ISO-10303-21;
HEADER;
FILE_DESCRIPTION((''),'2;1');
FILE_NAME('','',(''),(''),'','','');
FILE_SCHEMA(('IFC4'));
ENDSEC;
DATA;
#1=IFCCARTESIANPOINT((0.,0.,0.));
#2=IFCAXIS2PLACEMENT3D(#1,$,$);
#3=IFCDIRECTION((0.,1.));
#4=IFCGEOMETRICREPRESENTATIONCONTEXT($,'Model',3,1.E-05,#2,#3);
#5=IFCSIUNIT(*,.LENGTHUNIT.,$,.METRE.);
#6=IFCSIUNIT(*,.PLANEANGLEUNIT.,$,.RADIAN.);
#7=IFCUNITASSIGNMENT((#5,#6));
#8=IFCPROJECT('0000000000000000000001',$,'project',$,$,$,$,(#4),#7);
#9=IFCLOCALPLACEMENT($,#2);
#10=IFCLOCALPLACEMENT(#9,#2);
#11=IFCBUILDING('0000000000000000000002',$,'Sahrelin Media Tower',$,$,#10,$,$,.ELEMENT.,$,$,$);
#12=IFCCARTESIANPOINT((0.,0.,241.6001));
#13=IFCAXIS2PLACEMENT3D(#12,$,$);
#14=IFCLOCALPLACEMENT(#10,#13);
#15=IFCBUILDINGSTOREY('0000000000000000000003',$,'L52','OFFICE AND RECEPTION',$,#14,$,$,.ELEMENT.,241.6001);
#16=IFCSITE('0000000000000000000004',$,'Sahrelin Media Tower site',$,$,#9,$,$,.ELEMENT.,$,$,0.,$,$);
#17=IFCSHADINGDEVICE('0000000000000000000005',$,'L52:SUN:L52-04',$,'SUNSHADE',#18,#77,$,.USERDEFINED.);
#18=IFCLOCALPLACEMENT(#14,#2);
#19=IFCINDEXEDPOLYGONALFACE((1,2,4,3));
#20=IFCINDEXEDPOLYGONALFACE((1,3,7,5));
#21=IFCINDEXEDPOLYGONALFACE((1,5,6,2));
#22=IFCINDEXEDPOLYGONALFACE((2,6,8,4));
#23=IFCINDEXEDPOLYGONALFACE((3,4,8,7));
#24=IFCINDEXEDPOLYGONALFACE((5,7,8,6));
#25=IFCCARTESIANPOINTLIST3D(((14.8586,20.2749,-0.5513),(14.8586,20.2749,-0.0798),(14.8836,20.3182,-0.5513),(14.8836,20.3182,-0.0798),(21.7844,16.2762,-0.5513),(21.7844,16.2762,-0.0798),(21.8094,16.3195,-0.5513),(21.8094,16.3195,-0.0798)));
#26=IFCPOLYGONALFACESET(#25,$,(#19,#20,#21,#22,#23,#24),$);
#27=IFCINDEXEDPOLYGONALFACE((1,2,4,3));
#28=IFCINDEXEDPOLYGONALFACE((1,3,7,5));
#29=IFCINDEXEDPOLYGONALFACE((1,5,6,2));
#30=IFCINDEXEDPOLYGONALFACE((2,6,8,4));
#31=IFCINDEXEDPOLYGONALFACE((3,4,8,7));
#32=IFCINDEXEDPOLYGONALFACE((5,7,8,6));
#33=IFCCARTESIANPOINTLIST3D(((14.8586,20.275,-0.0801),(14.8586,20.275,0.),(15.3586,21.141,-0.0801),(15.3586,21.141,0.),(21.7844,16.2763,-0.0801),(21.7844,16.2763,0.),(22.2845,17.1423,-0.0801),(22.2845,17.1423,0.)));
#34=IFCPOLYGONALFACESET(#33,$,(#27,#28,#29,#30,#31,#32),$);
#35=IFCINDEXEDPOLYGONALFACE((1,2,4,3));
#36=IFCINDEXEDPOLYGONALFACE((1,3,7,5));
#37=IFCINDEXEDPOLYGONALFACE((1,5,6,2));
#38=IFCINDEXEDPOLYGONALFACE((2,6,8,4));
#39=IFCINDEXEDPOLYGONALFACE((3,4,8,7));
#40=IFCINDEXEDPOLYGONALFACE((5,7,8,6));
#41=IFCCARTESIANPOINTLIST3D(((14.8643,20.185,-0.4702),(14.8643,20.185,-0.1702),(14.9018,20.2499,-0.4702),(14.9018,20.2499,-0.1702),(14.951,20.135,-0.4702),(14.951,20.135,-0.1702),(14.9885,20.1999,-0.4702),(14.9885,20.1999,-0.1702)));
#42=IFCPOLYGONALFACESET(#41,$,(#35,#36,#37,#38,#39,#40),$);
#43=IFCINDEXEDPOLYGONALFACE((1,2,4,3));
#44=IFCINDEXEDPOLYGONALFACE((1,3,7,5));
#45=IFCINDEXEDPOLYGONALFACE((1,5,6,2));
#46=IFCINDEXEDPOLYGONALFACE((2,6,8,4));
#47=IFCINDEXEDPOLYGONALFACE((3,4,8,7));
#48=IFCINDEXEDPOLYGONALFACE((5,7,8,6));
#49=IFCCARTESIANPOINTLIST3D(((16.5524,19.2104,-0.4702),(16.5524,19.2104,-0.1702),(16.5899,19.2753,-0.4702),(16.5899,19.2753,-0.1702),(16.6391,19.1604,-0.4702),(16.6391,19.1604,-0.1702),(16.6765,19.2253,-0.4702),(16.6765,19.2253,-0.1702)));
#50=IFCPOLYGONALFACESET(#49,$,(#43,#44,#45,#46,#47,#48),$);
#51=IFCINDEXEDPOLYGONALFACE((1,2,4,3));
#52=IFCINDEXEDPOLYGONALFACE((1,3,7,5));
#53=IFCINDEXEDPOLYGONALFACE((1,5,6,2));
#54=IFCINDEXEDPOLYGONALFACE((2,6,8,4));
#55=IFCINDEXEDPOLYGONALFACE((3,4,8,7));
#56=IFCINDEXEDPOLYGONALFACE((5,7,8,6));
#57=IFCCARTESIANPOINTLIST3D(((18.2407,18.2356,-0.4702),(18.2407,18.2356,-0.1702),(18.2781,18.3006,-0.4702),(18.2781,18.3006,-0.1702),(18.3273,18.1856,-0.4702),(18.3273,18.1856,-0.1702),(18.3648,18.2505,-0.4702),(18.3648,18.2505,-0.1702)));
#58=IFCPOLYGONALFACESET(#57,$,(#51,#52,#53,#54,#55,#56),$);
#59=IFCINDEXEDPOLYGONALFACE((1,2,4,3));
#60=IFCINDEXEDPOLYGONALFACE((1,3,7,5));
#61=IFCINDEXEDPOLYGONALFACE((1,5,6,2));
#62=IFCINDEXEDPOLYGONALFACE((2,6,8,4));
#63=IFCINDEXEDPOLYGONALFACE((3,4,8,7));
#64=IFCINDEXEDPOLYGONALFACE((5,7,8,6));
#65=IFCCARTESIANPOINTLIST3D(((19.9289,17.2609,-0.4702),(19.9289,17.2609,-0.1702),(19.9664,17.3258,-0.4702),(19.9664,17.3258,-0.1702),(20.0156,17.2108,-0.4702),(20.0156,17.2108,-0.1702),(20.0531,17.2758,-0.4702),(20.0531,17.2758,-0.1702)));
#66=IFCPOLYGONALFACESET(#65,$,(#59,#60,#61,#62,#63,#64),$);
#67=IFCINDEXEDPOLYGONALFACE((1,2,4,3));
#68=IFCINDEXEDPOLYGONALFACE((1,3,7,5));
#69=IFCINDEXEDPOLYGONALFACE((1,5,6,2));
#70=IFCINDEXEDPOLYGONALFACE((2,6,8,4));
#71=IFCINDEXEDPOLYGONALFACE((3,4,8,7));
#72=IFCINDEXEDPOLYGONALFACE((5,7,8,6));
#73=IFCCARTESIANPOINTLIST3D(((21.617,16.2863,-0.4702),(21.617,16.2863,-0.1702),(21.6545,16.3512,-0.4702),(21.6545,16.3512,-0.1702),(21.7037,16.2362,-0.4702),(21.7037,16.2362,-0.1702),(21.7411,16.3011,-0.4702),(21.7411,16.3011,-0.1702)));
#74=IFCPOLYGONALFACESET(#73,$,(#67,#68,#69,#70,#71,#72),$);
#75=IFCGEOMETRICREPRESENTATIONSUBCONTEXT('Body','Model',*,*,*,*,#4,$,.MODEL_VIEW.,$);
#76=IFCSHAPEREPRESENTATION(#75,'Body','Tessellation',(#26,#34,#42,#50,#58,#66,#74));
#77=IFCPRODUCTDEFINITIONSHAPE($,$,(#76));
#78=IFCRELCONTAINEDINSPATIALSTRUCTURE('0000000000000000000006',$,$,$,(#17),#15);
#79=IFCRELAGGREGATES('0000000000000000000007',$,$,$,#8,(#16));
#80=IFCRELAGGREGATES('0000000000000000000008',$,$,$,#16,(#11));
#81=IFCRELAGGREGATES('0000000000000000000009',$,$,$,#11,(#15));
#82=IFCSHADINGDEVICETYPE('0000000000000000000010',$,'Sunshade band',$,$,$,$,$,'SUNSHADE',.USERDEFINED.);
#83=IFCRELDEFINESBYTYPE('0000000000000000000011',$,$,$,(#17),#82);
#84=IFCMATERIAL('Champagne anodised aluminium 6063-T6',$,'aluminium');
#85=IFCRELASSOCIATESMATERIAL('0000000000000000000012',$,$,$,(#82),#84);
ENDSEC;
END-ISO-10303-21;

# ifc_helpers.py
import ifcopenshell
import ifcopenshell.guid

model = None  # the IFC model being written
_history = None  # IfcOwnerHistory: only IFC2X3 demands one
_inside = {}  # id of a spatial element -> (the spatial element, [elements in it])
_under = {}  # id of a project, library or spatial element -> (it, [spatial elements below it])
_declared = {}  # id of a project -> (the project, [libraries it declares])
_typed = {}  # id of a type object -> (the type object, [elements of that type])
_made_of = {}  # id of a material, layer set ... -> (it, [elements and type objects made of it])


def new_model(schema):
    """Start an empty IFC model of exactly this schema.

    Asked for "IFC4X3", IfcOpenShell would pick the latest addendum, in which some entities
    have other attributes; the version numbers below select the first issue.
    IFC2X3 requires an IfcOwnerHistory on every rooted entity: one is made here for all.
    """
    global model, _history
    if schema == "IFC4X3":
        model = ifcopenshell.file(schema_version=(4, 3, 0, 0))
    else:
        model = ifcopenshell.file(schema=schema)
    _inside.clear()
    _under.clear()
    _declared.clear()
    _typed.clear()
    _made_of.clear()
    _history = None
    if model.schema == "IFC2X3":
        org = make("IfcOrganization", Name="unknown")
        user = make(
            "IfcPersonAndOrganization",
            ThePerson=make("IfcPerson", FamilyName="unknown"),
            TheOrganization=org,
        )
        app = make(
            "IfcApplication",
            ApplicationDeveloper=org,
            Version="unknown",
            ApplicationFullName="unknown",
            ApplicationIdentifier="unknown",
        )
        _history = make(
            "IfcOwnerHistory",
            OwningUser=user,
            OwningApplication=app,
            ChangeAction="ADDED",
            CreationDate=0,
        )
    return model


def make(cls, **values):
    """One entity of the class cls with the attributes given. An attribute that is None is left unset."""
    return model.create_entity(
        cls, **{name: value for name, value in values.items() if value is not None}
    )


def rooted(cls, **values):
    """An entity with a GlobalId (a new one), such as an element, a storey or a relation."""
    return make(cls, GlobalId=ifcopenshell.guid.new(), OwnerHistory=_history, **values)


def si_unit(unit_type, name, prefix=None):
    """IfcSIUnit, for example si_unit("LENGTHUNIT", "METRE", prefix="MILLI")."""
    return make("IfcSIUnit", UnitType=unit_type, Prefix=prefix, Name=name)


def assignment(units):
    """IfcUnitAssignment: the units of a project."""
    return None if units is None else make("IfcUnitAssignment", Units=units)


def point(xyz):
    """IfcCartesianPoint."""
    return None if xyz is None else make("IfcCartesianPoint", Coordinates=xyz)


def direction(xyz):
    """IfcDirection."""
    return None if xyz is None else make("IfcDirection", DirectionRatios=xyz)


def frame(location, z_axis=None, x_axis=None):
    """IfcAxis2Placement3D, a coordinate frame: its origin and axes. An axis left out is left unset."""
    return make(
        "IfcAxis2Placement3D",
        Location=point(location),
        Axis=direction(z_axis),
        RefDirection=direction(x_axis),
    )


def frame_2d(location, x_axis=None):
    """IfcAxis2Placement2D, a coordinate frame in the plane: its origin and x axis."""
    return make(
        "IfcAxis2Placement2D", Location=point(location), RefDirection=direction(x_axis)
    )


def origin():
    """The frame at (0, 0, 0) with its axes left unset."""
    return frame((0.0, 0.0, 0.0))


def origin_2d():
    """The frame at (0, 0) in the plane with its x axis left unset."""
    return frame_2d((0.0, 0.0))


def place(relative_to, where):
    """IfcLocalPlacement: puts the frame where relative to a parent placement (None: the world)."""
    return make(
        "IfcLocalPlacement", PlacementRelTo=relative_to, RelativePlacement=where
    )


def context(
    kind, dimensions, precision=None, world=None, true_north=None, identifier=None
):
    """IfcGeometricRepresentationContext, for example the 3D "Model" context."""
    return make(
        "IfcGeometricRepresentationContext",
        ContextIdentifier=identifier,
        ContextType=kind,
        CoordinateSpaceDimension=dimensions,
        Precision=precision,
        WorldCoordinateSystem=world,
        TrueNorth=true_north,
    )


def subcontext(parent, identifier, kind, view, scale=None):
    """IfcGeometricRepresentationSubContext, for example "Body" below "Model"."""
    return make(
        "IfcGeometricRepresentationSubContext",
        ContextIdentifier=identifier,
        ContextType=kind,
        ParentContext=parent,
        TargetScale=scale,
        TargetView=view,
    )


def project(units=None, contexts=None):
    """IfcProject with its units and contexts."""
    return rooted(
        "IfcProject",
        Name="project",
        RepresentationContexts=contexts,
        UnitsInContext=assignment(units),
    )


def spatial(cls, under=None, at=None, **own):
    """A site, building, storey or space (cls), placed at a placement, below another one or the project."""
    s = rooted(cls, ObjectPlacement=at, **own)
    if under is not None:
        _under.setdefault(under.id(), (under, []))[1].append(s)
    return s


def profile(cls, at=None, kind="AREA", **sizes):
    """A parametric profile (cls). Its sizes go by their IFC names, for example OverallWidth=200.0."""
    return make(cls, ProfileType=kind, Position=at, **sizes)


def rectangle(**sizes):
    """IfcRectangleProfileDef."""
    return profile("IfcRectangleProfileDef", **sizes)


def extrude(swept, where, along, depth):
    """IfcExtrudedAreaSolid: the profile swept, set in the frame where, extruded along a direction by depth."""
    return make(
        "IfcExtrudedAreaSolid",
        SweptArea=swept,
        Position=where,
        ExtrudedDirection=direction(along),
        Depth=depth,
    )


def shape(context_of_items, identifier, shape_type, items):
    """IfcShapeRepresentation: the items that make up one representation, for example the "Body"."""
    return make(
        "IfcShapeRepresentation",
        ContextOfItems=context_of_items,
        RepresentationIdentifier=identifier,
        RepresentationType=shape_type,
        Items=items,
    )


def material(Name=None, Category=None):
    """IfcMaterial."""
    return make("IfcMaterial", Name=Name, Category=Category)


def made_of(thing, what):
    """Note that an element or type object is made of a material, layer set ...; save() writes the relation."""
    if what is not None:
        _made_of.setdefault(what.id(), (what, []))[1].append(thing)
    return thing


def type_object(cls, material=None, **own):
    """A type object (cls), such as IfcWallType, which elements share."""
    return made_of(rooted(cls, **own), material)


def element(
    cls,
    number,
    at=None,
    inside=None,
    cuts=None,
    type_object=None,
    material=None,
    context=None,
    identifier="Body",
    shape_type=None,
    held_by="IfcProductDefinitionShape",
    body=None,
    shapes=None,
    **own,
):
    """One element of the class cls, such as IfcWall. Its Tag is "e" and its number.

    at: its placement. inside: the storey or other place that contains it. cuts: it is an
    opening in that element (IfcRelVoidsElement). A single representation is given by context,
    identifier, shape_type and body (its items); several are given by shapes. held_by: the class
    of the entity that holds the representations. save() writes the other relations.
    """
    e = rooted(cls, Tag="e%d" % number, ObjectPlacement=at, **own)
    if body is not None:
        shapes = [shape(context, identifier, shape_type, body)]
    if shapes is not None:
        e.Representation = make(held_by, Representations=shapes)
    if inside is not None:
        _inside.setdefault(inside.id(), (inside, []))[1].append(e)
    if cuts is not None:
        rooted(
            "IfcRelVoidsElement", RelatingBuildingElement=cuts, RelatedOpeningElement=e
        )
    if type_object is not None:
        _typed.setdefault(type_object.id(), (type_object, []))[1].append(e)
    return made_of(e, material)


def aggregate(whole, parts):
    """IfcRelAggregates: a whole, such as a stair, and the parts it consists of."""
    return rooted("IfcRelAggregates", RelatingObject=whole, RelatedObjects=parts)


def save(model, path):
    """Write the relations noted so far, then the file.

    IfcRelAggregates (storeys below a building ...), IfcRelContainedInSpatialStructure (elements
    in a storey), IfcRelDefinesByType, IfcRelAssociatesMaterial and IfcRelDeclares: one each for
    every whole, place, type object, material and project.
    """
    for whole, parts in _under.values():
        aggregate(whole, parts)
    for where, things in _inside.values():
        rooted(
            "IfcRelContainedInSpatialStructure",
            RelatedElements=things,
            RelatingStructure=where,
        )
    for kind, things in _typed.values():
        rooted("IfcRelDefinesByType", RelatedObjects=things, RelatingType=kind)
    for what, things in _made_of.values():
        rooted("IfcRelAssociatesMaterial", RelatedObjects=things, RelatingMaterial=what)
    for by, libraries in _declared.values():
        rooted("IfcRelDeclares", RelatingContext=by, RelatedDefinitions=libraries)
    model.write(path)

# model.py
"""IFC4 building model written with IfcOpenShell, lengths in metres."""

from ifc_helpers import new_model, si_unit, direction, frame, origin, origin_2d, place, context, subcontext, project, spatial, rectangle, extrude, material, type_object, element, save


model = new_model("IFC4")

# Units and contexts
model_context = context("Model", 3, precision=1e-05, world=origin(), true_north=direction((0.0, 1.0)))
body_context = subcontext(model_context, "Body", "Model", "MODEL_VIEW")
ifc_project = project(units=[si_unit("LENGTHUNIT", "METRE"), si_unit("PLANEANGLEUNIT", "RADIAN")], contexts=[model_context])

# Site, building, storey
site_placement = place(None, origin())
site = spatial("IfcSite", under=ifc_project, at=site_placement, Name="Sahrelin Media Tower site", CompositionType="ELEMENT", RefElevation=0.0)
building_placement = place(site_placement, origin())
building = spatial("IfcBuilding", under=site, at=building_placement, Name="Sahrelin Media Tower", CompositionType="ELEMENT")
storey_placement = place(building_placement, frame((0.0, 0.0, 241.6001)))
storey = spatial("IfcBuildingStorey", under=building, at=storey_placement, Name="L52", Description="OFFICE AND RECEPTION", CompositionType="ELEMENT", Elevation=241.6001)

# Shared definitions
ifc_material_1 = material(Name="Champagne anodised aluminium 6063-T6", Category="aluminium")

# Shading device
placement_1 = place(storey_placement, frame((18.3115, 18.2583, 0.0), z_axis=(0.0, 0.0, 1.0), x_axis=(0.866019, -0.500011, 0.0)))
shading_device_type_1 = type_object("IfcShadingDeviceType", Name="Sunshade band", ElementType="SUNSHADE", PredefinedType="USERDEFINED", material=ifc_material_1)
element("IfcShadingDevice", 1, at=placement_1, inside=storey, type_object=shading_device_type_1, Name="L52:SUN:L52-04", ObjectType="SUNSHADE", PredefinedType="USERDEFINED", context=body_context, shape_type="SweptSolid", body=[
    extrude(rectangle(XDim=7.9973, YDim=0.05, at=origin_2d()), frame((0.0, 0.0449, -0.5513)), (0.0, 0.0, 1.0), 0.4714),
    extrude(rectangle(XDim=7.9973, YDim=1.0, at=origin_2d()), frame((0.0, 0.52, -0.0801)), (0.0, 0.0, 1.0), 0.0801),
    extrude(rectangle(XDim=0.1001, YDim=0.075, at=origin_2d()), frame((-3.8987, -0.0176, -0.4702)), (0.0, 0.0, 1.0), 0.3),
    extrude(rectangle(XDim=0.1001, YDim=0.075, at=origin_2d()), frame((-1.9495, -0.0176, -0.4702)), (0.0, 0.0, 1.0), 0.3),
    extrude(rectangle(XDim=0.1001, YDim=0.075, at=origin_2d()), frame((0.0, -0.0176, -0.4702)), (0.0, 0.0, 1.0), 0.3),
    extrude(rectangle(XDim=0.1001, YDim=0.075, at=origin_2d()), frame((1.9495, -0.0176, -0.4702)), (0.0, 0.0, 1.0), 0.3),
    extrude(rectangle(XDim=0.1001, YDim=0.075, at=origin_2d()), frame((3.8987, -0.0176, -0.4702)), (0.0, 0.0, 1.0), 0.3),
])

save(model, "model.ifc")
